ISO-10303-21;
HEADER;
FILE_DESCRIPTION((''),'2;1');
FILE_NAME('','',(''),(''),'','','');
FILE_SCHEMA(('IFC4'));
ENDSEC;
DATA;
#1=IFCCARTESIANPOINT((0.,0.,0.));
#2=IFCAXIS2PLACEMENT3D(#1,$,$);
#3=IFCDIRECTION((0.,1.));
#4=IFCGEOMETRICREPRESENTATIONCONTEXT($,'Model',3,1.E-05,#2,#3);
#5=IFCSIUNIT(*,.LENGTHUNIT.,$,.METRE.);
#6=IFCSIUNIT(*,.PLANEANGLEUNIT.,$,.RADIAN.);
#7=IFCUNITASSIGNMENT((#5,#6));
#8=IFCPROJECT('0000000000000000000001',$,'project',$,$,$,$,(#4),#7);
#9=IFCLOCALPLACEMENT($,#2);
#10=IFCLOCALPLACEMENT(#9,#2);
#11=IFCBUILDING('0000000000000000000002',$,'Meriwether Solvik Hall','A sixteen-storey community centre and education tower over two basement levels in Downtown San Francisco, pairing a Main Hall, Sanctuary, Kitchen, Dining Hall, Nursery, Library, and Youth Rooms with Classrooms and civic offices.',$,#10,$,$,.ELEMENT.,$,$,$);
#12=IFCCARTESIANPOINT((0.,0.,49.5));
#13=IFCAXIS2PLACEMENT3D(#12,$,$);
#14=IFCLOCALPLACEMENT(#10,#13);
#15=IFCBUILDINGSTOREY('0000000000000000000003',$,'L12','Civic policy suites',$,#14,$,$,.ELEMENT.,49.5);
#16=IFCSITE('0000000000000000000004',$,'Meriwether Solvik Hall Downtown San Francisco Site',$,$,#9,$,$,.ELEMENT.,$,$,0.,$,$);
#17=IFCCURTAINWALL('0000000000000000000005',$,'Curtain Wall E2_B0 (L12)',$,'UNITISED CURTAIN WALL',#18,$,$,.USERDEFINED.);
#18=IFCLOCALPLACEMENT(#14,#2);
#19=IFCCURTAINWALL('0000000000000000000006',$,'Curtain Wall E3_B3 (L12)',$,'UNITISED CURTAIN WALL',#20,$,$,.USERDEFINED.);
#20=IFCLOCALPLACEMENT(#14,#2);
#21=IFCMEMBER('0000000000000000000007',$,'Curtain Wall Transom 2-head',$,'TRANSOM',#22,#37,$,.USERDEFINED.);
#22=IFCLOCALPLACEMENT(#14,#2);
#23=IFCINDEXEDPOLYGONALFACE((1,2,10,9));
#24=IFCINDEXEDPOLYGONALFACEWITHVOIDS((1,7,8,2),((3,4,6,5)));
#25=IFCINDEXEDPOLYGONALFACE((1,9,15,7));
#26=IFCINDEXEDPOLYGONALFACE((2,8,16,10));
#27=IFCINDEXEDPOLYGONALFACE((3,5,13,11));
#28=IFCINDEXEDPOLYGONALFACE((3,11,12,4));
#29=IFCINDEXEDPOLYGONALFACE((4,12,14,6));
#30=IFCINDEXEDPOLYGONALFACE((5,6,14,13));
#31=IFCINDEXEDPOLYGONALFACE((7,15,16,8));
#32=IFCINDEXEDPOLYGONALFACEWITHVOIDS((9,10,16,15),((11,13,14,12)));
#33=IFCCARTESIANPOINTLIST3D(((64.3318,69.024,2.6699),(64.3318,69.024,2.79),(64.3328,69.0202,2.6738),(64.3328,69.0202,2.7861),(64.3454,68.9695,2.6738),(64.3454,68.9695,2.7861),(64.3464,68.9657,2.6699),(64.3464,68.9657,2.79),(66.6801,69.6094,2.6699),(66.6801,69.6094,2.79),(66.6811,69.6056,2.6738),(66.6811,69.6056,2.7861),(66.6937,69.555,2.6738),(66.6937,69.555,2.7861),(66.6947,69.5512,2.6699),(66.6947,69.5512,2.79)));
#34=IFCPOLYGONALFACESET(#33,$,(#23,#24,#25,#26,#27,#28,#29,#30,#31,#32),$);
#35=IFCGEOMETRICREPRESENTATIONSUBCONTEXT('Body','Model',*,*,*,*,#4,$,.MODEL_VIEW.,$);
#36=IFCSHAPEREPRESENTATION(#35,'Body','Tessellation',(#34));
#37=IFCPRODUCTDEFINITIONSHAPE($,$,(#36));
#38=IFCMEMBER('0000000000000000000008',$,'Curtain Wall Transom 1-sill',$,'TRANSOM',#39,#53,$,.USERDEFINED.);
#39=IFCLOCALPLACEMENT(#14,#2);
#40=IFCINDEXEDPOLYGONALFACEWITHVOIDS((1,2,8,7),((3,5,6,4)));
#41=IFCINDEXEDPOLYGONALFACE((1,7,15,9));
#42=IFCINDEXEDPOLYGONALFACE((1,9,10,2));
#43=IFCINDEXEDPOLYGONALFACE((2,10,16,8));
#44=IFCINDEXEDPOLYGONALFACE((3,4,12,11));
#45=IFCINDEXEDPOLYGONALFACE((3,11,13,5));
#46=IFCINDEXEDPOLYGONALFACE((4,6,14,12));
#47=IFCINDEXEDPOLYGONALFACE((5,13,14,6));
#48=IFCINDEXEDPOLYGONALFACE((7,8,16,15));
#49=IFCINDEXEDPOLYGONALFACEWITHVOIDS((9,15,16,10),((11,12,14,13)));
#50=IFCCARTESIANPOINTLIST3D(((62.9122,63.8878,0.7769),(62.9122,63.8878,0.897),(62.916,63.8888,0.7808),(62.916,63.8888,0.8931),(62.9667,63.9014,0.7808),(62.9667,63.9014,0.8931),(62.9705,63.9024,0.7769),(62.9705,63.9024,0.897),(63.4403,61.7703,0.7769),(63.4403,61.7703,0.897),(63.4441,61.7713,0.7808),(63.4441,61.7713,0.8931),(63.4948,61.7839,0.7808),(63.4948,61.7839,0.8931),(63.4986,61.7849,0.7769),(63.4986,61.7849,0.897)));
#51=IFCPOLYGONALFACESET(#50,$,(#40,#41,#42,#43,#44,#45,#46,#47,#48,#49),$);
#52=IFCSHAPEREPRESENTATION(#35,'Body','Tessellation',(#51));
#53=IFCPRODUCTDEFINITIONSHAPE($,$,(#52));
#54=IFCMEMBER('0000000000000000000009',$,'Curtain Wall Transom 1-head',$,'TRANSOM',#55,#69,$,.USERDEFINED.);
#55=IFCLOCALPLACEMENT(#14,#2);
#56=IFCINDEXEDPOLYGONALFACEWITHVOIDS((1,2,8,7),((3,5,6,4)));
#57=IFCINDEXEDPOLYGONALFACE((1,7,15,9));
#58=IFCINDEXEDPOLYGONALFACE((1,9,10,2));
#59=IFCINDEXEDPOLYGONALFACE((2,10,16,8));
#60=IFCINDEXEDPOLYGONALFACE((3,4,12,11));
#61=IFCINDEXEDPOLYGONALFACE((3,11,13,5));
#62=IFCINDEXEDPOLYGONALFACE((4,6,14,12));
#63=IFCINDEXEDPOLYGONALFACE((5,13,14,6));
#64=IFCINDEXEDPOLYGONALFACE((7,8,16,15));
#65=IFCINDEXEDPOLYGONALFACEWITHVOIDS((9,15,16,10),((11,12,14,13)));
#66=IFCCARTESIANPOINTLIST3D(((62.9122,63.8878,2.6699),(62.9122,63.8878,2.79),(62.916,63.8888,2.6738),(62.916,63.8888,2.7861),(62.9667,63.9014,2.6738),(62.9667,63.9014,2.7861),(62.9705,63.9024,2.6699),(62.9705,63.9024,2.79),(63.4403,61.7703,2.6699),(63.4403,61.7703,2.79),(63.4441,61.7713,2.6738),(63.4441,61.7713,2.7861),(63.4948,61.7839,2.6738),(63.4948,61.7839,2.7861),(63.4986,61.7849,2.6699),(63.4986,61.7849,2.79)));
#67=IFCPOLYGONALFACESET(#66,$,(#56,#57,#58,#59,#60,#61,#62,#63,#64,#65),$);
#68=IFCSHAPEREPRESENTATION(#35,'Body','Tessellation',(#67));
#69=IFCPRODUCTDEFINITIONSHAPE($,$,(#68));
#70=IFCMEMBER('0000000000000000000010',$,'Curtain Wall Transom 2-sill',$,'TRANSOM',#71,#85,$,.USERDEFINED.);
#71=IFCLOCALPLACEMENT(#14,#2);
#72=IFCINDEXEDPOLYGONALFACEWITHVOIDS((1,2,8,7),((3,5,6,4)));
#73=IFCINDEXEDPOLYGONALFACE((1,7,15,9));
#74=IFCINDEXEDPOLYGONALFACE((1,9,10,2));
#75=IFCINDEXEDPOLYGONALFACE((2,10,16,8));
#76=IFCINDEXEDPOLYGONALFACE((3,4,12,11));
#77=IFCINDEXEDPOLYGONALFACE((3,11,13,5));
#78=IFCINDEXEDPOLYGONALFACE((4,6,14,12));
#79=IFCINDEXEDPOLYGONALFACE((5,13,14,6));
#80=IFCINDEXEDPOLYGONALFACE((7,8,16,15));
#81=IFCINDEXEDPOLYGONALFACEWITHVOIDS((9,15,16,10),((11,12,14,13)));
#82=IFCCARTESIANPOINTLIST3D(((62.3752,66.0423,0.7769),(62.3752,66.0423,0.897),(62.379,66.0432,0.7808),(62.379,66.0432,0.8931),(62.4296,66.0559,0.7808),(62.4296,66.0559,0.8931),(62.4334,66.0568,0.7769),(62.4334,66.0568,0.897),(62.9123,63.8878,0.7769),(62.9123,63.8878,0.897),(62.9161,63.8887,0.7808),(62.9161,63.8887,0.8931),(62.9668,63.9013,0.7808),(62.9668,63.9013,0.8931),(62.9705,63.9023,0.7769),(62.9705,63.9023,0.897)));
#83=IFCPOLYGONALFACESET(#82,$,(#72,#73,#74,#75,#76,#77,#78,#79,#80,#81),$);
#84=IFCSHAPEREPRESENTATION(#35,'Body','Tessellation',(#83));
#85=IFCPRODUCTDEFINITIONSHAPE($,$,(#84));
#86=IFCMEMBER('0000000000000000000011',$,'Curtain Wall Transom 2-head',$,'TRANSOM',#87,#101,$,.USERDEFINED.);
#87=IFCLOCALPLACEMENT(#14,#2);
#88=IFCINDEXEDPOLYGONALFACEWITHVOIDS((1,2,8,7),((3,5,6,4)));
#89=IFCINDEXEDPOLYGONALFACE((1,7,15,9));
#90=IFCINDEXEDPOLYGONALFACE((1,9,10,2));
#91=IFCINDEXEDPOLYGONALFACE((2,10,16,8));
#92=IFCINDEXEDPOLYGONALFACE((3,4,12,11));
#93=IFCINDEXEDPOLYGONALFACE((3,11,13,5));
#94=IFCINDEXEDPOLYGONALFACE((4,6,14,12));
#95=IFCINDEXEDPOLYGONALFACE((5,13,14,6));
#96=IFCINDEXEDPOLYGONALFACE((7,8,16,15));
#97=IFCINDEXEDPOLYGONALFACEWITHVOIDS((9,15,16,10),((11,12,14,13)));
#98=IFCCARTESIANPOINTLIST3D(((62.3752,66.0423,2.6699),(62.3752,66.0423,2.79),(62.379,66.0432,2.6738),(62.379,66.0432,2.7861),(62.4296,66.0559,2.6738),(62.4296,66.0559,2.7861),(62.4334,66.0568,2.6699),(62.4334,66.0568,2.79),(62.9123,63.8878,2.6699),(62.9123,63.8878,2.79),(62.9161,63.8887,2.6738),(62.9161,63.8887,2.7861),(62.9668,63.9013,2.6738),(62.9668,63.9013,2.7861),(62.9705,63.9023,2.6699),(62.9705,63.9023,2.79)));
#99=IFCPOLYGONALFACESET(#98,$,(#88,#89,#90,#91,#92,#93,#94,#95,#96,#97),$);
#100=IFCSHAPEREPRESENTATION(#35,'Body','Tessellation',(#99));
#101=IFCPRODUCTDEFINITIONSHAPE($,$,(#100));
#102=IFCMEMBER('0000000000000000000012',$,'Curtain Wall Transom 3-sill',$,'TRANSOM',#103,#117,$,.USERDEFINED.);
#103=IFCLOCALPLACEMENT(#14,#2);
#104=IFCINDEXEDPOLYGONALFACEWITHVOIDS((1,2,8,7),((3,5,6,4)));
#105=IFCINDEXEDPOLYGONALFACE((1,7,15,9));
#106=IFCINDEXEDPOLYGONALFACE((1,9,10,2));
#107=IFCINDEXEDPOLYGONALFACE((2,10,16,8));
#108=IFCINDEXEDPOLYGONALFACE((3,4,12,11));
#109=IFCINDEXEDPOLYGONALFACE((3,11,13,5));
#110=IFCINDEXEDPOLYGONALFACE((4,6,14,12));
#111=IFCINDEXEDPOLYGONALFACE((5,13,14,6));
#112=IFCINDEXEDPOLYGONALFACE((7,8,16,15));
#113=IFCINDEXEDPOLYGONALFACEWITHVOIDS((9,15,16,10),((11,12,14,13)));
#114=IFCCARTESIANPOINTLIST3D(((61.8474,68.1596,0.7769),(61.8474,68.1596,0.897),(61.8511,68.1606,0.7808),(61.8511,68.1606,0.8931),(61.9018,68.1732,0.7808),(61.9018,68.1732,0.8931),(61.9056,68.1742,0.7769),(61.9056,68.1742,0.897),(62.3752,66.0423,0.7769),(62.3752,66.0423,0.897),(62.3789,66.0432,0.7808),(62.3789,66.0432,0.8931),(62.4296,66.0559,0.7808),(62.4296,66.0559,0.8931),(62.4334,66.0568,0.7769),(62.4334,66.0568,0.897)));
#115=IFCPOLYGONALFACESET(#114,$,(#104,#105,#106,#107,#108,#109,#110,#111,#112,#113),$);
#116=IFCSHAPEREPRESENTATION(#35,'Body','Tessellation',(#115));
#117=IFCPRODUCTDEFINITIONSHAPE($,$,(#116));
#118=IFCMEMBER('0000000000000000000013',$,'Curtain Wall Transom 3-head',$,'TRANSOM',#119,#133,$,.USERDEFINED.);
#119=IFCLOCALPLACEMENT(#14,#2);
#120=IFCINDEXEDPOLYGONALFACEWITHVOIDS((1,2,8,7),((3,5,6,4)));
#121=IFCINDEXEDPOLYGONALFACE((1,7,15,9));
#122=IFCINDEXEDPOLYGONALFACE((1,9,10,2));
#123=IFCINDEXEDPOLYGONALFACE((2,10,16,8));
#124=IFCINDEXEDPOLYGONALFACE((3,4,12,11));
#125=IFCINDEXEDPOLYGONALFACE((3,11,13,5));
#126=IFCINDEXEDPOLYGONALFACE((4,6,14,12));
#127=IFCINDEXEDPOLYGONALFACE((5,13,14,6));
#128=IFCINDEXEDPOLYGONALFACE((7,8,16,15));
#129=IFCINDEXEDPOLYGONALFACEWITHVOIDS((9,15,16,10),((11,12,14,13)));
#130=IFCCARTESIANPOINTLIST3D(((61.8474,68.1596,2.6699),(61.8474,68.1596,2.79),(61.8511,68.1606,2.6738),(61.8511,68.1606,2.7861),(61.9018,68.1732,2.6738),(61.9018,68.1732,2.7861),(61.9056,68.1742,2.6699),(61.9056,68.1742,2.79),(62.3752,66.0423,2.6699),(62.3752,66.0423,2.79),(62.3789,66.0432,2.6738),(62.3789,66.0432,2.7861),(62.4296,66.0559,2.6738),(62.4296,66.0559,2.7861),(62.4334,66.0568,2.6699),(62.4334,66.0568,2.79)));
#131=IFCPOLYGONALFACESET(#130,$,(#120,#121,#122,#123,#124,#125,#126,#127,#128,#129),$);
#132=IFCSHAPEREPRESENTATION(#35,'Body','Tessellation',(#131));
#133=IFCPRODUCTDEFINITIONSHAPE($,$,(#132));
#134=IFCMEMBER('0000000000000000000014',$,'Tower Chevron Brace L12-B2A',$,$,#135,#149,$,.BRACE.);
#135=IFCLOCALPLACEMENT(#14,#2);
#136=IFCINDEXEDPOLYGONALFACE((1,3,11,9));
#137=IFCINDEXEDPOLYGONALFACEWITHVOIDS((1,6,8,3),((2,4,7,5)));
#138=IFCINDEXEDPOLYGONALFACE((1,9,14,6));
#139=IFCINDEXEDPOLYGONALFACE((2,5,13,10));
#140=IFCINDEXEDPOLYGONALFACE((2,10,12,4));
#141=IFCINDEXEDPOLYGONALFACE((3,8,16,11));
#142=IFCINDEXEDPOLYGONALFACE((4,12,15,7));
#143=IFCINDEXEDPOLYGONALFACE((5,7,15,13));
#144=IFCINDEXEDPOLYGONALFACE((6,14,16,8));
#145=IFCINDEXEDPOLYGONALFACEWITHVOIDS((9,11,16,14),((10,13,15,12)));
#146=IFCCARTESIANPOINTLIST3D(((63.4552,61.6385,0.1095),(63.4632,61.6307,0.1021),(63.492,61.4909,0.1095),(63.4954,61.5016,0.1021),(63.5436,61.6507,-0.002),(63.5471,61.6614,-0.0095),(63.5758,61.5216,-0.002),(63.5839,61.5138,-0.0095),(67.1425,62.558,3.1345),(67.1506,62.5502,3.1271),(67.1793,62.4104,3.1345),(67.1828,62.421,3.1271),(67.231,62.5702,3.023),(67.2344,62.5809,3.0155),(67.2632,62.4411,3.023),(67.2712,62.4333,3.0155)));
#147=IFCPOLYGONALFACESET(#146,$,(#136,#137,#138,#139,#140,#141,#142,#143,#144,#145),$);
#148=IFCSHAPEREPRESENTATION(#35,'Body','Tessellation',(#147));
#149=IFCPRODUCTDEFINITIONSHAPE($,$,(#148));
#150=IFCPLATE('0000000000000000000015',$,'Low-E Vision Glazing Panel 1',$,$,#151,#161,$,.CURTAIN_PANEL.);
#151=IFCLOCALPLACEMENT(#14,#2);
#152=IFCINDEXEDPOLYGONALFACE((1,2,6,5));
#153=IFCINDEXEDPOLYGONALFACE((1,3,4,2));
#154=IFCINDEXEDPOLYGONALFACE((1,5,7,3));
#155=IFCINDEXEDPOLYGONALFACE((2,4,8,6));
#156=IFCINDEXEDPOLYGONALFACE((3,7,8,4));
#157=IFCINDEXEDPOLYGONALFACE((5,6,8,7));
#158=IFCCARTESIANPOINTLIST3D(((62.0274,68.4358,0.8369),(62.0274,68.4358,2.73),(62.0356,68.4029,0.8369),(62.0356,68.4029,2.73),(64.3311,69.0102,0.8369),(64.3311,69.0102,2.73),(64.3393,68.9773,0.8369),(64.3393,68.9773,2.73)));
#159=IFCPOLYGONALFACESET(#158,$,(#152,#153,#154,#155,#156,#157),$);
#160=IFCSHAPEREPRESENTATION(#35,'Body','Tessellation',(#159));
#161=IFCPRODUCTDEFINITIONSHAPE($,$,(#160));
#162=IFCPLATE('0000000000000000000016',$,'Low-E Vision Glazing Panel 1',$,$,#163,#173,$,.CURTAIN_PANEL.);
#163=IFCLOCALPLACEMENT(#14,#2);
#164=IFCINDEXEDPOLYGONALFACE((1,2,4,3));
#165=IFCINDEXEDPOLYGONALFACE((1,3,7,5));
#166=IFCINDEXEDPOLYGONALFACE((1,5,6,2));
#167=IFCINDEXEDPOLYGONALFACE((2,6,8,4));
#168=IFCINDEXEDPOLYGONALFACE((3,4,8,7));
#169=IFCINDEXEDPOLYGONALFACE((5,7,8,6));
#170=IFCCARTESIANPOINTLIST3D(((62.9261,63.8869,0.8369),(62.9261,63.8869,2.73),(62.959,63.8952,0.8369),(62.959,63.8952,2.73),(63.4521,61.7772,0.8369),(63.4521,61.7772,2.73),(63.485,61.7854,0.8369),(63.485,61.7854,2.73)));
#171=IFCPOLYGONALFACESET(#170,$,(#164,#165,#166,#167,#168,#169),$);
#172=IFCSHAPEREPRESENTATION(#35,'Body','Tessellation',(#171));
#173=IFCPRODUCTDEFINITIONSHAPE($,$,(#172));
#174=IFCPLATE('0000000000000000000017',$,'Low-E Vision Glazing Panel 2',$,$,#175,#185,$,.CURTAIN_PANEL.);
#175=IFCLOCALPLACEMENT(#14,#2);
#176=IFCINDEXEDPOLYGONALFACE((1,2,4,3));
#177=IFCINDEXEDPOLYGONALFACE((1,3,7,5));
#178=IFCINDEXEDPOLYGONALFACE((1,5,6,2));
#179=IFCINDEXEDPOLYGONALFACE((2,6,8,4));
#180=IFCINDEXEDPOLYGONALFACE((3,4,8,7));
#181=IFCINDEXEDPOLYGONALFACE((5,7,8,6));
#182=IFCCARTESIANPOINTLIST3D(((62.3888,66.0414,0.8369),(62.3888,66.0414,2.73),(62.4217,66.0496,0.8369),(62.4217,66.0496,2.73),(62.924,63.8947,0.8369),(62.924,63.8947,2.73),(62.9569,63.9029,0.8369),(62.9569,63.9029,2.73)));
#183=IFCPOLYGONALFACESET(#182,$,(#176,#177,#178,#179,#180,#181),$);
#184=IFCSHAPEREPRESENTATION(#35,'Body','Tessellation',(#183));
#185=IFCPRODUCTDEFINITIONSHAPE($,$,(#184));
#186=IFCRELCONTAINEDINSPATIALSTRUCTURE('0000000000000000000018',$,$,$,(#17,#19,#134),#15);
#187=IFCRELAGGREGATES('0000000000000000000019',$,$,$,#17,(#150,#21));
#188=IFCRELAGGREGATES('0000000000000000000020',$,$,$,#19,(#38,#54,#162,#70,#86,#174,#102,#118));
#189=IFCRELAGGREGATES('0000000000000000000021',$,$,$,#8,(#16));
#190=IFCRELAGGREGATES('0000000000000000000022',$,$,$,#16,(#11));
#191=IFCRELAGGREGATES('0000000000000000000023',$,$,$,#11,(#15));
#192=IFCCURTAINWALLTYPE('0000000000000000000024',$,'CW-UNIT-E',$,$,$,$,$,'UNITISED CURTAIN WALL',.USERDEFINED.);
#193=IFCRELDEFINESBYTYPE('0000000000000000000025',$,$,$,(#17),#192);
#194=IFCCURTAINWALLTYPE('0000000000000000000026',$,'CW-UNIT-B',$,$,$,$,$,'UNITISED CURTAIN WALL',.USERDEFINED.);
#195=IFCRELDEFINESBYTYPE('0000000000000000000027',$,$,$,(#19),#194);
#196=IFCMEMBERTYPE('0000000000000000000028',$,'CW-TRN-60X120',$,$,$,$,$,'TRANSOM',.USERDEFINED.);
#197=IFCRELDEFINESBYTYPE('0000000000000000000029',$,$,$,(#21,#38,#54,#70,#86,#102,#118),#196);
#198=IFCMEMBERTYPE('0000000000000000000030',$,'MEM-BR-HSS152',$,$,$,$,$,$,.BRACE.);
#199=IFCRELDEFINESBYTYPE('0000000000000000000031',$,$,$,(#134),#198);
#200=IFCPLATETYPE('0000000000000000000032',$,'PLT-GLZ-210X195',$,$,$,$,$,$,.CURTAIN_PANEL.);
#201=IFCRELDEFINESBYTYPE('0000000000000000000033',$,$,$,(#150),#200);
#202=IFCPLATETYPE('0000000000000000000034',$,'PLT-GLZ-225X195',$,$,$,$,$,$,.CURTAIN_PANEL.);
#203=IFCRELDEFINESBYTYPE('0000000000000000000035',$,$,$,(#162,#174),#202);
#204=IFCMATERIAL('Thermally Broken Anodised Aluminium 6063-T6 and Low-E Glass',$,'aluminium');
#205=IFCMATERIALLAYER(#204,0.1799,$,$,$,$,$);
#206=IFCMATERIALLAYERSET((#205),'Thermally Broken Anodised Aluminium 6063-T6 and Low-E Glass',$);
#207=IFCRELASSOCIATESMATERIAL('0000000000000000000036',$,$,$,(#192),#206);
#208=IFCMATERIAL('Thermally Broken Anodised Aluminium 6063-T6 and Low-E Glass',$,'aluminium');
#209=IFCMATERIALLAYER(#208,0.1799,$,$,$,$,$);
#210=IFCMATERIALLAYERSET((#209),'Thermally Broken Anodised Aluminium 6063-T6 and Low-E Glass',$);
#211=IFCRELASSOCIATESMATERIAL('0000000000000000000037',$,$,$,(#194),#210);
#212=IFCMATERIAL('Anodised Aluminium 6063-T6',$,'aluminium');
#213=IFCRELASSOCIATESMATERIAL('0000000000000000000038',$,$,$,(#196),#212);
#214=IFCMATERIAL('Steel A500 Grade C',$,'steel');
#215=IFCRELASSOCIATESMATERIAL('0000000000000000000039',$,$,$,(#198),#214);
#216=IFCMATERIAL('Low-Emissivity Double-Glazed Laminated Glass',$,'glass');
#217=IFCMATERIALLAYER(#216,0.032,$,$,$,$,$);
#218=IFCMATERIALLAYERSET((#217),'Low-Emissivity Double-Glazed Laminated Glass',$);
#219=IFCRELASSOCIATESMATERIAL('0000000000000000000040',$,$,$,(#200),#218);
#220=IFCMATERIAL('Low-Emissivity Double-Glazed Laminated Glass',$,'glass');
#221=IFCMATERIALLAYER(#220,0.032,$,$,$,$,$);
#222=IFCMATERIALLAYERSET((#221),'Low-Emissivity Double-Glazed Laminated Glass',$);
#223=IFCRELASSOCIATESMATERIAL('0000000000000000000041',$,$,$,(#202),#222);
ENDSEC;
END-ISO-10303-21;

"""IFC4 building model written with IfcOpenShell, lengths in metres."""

from ifc_helpers import new_model, si_unit, direction, frame, origin, origin_2d, place, context, subcontext, project, spatial, rectangle, hollow_rectangle, extrude, material, layer, layer_set, material_profile, profile_set, type_object, element, aggregate, save


model = new_model("IFC4")

# Units and contexts
model_context = context("Model", 3, precision=1e-05, world=origin(), true_north=direction((0.0, 1.0)))
body_context = subcontext(model_context, "Body", "Model", "MODEL_VIEW")
ifc_project = project(units=[si_unit("LENGTHUNIT", "METRE"), si_unit("PLANEANGLEUNIT", "RADIAN")], contexts=[model_context])

# Site, building, storey
site_placement = place(None, origin())
site = spatial("IfcSite", under=ifc_project, at=site_placement, Name="Meriwether Solvik Hall Downtown San Francisco Site", CompositionType="ELEMENT", RefElevation=0.0)
building_placement = place(site_placement, origin())
building = spatial("IfcBuilding", under=site, at=building_placement, Name="Meriwether Solvik Hall", Description="A sixteen-storey community centre and education tower over two basement levels in Downtown San Francisco, pairing a Main Hall, Sanctuary, Kitchen, Dining Hall, Nursery, Library, and Youth Rooms with Classrooms and civic offices.", CompositionType="ELEMENT")
storey_placement = place(building_placement, frame((0.0, 0.0, 49.5)))
storey = spatial("IfcBuildingStorey", under=building, at=storey_placement, Name="L12", Description="Civic policy suites", CompositionType="ELEMENT", Elevation=49.5)

# Curtain walls
ifc_material_1 = material(Name="Thermally Broken Anodised Aluminium 6063-T6 and Low-E Glass", Category="aluminium")
ifc_layer_1 = layer(ifc_material_1, 0.1799)
ifc_layer_set_1 = layer_set([ifc_layer_1], Name="Thermally Broken Anodised Aluminium 6063-T6 and Low-E Glass")
curtain_wall_type_1 = type_object("IfcCurtainWallType", Name="CW-UNIT-E", ElementType="UNITISED CURTAIN WALL", PredefinedType="USERDEFINED", material=ifc_layer_set_1)
curtain_wall_1_placement = place(storey_placement, origin())
curtain_wall_1 = element("IfcCurtainWall", 1, at=curtain_wall_1_placement, inside=storey, type_object=curtain_wall_type_1, Name="Curtain Wall E2_B0 (L12)", ObjectType="UNITISED CURTAIN WALL", PredefinedType="USERDEFINED")
ifc_material_2 = material(Name="Thermally Broken Anodised Aluminium 6063-T6 and Low-E Glass", Category="aluminium")
ifc_layer_2 = layer(ifc_material_2, 0.1799)
ifc_layer_set_2 = layer_set([ifc_layer_2], Name="Thermally Broken Anodised Aluminium 6063-T6 and Low-E Glass")
curtain_wall_type_2 = type_object("IfcCurtainWallType", Name="CW-UNIT-B", ElementType="UNITISED CURTAIN WALL", PredefinedType="USERDEFINED", material=ifc_layer_set_2)
curtain_wall_2_placement = place(storey_placement, origin())
curtain_wall_2 = element("IfcCurtainWall", 2, at=curtain_wall_2_placement, inside=storey, type_object=curtain_wall_type_2, Name="Curtain Wall E3_B3 (L12)", ObjectType="UNITISED CURTAIN WALL", PredefinedType="USERDEFINED")

# Members
ifc_material_3 = material(Name="Anodised Aluminium 6063-T6", Category="aluminium")
ifc_material_profile_1 = material_profile(ifc_material_3, hollow_rectangle(XDim=0.0601, YDim=0.1201, WallThickness=0.0039, at=origin_2d()), Name="CWT-60X120")
ifc_profile_set_1 = profile_set([ifc_material_profile_1], Name="Anodised Aluminium 6063-T6")
member_type_1 = type_object("IfcMemberType", Name="CW-TRN-60X120", ElementType="TRANSOM", PredefinedType="USERDEFINED", material=ifc_profile_set_1)
member_1_placement = place(storey_placement, frame((64.3391, 68.9949, 2.73), z_axis=(0.970302, 0.241895, 0.0), x_axis=(-0.241895, 0.970302, 0.0)))
member_1 = element("IfcMember", 3, at=member_1_placement, type_object=member_type_1, Name="Curtain Wall Transom 2-head", ObjectType="TRANSOM", PredefinedType="USERDEFINED", context=body_context, shape_type="SweptSolid", body=[
    extrude(hollow_rectangle(XDim=0.0601, YDim=0.1201, WallThickness=0.0039, at=origin_2d()), origin(), (0.0, 0.0, 1.0), 2.4202),
])
member_2_placement = place(storey_placement, frame((63.4695, 61.7776, 0.8369), z_axis=(-0.241983, 0.970281, 0.0), x_axis=(-0.970281, -0.241983, 0.0)))
member_2 = element("IfcMember", 4, at=member_2_placement, type_object=member_type_1, Name="Curtain Wall Transom 1-sill", ObjectType="TRANSOM", PredefinedType="USERDEFINED", context=body_context, shape_type="SweptSolid", body=[
    extrude(hollow_rectangle(XDim=0.0601, YDim=0.1201, WallThickness=0.0039, at=origin_2d()), origin(), (0.0, 0.0, 1.0), 2.1824),
])
member_3_placement = place(storey_placement, frame((63.4695, 61.7776, 2.73), z_axis=(-0.241983, 0.970281, 0.0), x_axis=(-0.970281, -0.241983, 0.0)))
member_3 = element("IfcMember", 5, at=member_3_placement, type_object=member_type_1, Name="Curtain Wall Transom 1-head", ObjectType="TRANSOM", PredefinedType="USERDEFINED", context=body_context, shape_type="SweptSolid", body=[
    extrude(hollow_rectangle(XDim=0.0601, YDim=0.1201, WallThickness=0.0039, at=origin_2d()), origin(), (0.0, 0.0, 1.0), 2.1824),
])
member_4_placement = place(storey_placement, frame((62.9414, 63.895, 0.8369), z_axis=(-0.241889, 0.970304, 0.0), x_axis=(-0.970304, -0.241889, 0.0)))
member_4 = element("IfcMember", 6, at=member_4_placement, type_object=member_type_1, Name="Curtain Wall Transom 2-sill", ObjectType="TRANSOM", PredefinedType="USERDEFINED", context=body_context, shape_type="SweptSolid", body=[
    extrude(hollow_rectangle(XDim=0.0601, YDim=0.1201, WallThickness=0.0039, at=origin_2d()), origin(), (0.0, 0.0, 1.0), 2.2205),
])
member_5_placement = place(storey_placement, frame((62.9414, 63.895, 2.73), z_axis=(-0.241889, 0.970304, 0.0), x_axis=(-0.970304, -0.241889, 0.0)))
member_5 = element("IfcMember", 7, at=member_5_placement, type_object=member_type_1, Name="Curtain Wall Transom 2-head", ObjectType="TRANSOM", PredefinedType="USERDEFINED", context=body_context, shape_type="SweptSolid", body=[
    extrude(hollow_rectangle(XDim=0.0601, YDim=0.1201, WallThickness=0.0039, at=origin_2d()), origin(), (0.0, 0.0, 1.0), 2.2205),
])
member_6_placement = place(storey_placement, frame((62.4043, 66.0496, 0.8369), z_axis=(-0.241877, 0.970307, 0.0), x_axis=(-0.970307, -0.241877, 0.0)))
member_6 = element("IfcMember", 8, at=member_6_placement, type_object=member_type_1, Name="Curtain Wall Transom 3-sill", ObjectType="TRANSOM", PredefinedType="USERDEFINED", context=body_context, shape_type="SweptSolid", body=[
    extrude(hollow_rectangle(XDim=0.0601, YDim=0.1201, WallThickness=0.0039, at=origin_2d()), origin(), (0.0, 0.0, 1.0), 2.1821),
])
member_7_placement = place(storey_placement, frame((62.4043, 66.0496, 2.73), z_axis=(-0.241877, 0.970307, 0.0), x_axis=(-0.970307, -0.241877, 0.0)))
member_7 = element("IfcMember", 9, at=member_7_placement, type_object=member_type_1, Name="Curtain Wall Transom 3-head", ObjectType="TRANSOM", PredefinedType="USERDEFINED", context=body_context, shape_type="SweptSolid", body=[
    extrude(hollow_rectangle(XDim=0.0601, YDim=0.1201, WallThickness=0.0039, at=origin_2d()), origin(), (0.0, 0.0, 1.0), 2.1821),
])
ifc_material_4 = material(Name="Steel A500 Grade C", Category="steel")
ifc_material_profile_2 = material_profile(ifc_material_4, hollow_rectangle(XDim=0.1521, YDim=0.1521, WallThickness=0.0095, at=origin_2d()), Name="HSS152X152X9.5")
ifc_profile_set_2 = profile_set([ifc_material_profile_2], Name="Steel A500 Grade C")
member_type_2 = type_object("IfcMemberType", Name="MEM-BR-HSS152", PredefinedType="BRACE", material=ifc_profile_set_2)
member_8_placement = place(storey_placement, frame((63.5195, 61.5762, 0.05), z_axis=(0.75915, 0.189298, 0.622782), x_axis=(-0.241946, 0.97029, 0.0)))
element("IfcMember", 10, at=member_8_placement, inside=storey, type_object=member_type_2, Name="Tower Chevron Brace L12-B2A", PredefinedType="BRACE", context=body_context, shape_type="SweptSolid", body=[
    extrude(hollow_rectangle(XDim=0.1521, YDim=0.1521, WallThickness=0.0095, at=origin_2d()), origin(), (0.0, 0.0, 1.0), 4.8572),
])

# Plates
ifc_material_5 = material(Name="Low-Emissivity Double-Glazed Laminated Glass", Category="glass")
ifc_layer_3 = layer(ifc_material_5, 0.032)
ifc_layer_set_3 = layer_set([ifc_layer_3], Name="Low-Emissivity Double-Glazed Laminated Glass")
plate_type_1 = type_object("IfcPlateType", Name="PLT-GLZ-210X195", PredefinedType="CURTAIN_PANEL", material=ifc_layer_set_3)
plate_1_placement = place(storey_placement, frame((63.1833, 68.7065, 0.8369), z_axis=(0.0, 0.0, 1.0), x_axis=(0.970296, 0.241922, 0.0)))
plate_1 = element("IfcPlate", 11, at=plate_1_placement, type_object=plate_type_1, Name="Low-E Vision Glazing Panel 1", PredefinedType="CURTAIN_PANEL", context=body_context, shape_type="SweptSolid", body=[
    extrude(rectangle(XDim=2.3743, YDim=0.0339, at=origin_2d()), origin(), (0.0, 0.0, 1.0), 1.8931),
])
ifc_material_6 = material(Name="Low-Emissivity Double-Glazed Laminated Glass", Category="glass")
ifc_layer_4 = layer(ifc_material_6, 0.032)
ifc_layer_set_4 = layer_set([ifc_layer_4], Name="Low-Emissivity Double-Glazed Laminated Glass")
plate_type_2 = type_object("IfcPlateType", Name="PLT-GLZ-225X195", PredefinedType="CURTAIN_PANEL", material=ifc_layer_set_4)
plate_2_placement = place(storey_placement, frame((63.2056, 62.8362, 0.8369), z_axis=(0.0, 0.0, 1.0), x_axis=(-0.241922, 0.970296, 0.0)))
plate_2 = element("IfcPlate", 12, at=plate_2_placement, type_object=plate_type_2, Name="Low-E Vision Glazing Panel 1", PredefinedType="CURTAIN_PANEL", context=body_context, shape_type="SweptSolid", body=[
    extrude(rectangle(XDim=2.1743, YDim=0.0339, at=origin_2d()), origin(), (0.0, 0.0, 1.0), 1.8931),
])
plate_3_placement = place(storey_placement, frame((62.6729, 64.9722, 0.8369), z_axis=(0.0, 0.0, 1.0), x_axis=(-0.241922, 0.970296, 0.0)))
plate_3 = element("IfcPlate", 13, at=plate_3_placement, type_object=plate_type_2, Name="Low-E Vision Glazing Panel 2", PredefinedType="CURTAIN_PANEL", context=body_context, shape_type="SweptSolid", body=[
    extrude(rectangle(XDim=2.2124, YDim=0.0339, at=origin_2d()), origin(), (0.0, 0.0, 1.0), 1.8931),
])
aggregate(curtain_wall_1, [plate_1, member_1])
aggregate(curtain_wall_2, [member_2, member_3, plate_2, member_4, member_5, plate_3, member_6, member_7])

save(model, "model.ifc")
